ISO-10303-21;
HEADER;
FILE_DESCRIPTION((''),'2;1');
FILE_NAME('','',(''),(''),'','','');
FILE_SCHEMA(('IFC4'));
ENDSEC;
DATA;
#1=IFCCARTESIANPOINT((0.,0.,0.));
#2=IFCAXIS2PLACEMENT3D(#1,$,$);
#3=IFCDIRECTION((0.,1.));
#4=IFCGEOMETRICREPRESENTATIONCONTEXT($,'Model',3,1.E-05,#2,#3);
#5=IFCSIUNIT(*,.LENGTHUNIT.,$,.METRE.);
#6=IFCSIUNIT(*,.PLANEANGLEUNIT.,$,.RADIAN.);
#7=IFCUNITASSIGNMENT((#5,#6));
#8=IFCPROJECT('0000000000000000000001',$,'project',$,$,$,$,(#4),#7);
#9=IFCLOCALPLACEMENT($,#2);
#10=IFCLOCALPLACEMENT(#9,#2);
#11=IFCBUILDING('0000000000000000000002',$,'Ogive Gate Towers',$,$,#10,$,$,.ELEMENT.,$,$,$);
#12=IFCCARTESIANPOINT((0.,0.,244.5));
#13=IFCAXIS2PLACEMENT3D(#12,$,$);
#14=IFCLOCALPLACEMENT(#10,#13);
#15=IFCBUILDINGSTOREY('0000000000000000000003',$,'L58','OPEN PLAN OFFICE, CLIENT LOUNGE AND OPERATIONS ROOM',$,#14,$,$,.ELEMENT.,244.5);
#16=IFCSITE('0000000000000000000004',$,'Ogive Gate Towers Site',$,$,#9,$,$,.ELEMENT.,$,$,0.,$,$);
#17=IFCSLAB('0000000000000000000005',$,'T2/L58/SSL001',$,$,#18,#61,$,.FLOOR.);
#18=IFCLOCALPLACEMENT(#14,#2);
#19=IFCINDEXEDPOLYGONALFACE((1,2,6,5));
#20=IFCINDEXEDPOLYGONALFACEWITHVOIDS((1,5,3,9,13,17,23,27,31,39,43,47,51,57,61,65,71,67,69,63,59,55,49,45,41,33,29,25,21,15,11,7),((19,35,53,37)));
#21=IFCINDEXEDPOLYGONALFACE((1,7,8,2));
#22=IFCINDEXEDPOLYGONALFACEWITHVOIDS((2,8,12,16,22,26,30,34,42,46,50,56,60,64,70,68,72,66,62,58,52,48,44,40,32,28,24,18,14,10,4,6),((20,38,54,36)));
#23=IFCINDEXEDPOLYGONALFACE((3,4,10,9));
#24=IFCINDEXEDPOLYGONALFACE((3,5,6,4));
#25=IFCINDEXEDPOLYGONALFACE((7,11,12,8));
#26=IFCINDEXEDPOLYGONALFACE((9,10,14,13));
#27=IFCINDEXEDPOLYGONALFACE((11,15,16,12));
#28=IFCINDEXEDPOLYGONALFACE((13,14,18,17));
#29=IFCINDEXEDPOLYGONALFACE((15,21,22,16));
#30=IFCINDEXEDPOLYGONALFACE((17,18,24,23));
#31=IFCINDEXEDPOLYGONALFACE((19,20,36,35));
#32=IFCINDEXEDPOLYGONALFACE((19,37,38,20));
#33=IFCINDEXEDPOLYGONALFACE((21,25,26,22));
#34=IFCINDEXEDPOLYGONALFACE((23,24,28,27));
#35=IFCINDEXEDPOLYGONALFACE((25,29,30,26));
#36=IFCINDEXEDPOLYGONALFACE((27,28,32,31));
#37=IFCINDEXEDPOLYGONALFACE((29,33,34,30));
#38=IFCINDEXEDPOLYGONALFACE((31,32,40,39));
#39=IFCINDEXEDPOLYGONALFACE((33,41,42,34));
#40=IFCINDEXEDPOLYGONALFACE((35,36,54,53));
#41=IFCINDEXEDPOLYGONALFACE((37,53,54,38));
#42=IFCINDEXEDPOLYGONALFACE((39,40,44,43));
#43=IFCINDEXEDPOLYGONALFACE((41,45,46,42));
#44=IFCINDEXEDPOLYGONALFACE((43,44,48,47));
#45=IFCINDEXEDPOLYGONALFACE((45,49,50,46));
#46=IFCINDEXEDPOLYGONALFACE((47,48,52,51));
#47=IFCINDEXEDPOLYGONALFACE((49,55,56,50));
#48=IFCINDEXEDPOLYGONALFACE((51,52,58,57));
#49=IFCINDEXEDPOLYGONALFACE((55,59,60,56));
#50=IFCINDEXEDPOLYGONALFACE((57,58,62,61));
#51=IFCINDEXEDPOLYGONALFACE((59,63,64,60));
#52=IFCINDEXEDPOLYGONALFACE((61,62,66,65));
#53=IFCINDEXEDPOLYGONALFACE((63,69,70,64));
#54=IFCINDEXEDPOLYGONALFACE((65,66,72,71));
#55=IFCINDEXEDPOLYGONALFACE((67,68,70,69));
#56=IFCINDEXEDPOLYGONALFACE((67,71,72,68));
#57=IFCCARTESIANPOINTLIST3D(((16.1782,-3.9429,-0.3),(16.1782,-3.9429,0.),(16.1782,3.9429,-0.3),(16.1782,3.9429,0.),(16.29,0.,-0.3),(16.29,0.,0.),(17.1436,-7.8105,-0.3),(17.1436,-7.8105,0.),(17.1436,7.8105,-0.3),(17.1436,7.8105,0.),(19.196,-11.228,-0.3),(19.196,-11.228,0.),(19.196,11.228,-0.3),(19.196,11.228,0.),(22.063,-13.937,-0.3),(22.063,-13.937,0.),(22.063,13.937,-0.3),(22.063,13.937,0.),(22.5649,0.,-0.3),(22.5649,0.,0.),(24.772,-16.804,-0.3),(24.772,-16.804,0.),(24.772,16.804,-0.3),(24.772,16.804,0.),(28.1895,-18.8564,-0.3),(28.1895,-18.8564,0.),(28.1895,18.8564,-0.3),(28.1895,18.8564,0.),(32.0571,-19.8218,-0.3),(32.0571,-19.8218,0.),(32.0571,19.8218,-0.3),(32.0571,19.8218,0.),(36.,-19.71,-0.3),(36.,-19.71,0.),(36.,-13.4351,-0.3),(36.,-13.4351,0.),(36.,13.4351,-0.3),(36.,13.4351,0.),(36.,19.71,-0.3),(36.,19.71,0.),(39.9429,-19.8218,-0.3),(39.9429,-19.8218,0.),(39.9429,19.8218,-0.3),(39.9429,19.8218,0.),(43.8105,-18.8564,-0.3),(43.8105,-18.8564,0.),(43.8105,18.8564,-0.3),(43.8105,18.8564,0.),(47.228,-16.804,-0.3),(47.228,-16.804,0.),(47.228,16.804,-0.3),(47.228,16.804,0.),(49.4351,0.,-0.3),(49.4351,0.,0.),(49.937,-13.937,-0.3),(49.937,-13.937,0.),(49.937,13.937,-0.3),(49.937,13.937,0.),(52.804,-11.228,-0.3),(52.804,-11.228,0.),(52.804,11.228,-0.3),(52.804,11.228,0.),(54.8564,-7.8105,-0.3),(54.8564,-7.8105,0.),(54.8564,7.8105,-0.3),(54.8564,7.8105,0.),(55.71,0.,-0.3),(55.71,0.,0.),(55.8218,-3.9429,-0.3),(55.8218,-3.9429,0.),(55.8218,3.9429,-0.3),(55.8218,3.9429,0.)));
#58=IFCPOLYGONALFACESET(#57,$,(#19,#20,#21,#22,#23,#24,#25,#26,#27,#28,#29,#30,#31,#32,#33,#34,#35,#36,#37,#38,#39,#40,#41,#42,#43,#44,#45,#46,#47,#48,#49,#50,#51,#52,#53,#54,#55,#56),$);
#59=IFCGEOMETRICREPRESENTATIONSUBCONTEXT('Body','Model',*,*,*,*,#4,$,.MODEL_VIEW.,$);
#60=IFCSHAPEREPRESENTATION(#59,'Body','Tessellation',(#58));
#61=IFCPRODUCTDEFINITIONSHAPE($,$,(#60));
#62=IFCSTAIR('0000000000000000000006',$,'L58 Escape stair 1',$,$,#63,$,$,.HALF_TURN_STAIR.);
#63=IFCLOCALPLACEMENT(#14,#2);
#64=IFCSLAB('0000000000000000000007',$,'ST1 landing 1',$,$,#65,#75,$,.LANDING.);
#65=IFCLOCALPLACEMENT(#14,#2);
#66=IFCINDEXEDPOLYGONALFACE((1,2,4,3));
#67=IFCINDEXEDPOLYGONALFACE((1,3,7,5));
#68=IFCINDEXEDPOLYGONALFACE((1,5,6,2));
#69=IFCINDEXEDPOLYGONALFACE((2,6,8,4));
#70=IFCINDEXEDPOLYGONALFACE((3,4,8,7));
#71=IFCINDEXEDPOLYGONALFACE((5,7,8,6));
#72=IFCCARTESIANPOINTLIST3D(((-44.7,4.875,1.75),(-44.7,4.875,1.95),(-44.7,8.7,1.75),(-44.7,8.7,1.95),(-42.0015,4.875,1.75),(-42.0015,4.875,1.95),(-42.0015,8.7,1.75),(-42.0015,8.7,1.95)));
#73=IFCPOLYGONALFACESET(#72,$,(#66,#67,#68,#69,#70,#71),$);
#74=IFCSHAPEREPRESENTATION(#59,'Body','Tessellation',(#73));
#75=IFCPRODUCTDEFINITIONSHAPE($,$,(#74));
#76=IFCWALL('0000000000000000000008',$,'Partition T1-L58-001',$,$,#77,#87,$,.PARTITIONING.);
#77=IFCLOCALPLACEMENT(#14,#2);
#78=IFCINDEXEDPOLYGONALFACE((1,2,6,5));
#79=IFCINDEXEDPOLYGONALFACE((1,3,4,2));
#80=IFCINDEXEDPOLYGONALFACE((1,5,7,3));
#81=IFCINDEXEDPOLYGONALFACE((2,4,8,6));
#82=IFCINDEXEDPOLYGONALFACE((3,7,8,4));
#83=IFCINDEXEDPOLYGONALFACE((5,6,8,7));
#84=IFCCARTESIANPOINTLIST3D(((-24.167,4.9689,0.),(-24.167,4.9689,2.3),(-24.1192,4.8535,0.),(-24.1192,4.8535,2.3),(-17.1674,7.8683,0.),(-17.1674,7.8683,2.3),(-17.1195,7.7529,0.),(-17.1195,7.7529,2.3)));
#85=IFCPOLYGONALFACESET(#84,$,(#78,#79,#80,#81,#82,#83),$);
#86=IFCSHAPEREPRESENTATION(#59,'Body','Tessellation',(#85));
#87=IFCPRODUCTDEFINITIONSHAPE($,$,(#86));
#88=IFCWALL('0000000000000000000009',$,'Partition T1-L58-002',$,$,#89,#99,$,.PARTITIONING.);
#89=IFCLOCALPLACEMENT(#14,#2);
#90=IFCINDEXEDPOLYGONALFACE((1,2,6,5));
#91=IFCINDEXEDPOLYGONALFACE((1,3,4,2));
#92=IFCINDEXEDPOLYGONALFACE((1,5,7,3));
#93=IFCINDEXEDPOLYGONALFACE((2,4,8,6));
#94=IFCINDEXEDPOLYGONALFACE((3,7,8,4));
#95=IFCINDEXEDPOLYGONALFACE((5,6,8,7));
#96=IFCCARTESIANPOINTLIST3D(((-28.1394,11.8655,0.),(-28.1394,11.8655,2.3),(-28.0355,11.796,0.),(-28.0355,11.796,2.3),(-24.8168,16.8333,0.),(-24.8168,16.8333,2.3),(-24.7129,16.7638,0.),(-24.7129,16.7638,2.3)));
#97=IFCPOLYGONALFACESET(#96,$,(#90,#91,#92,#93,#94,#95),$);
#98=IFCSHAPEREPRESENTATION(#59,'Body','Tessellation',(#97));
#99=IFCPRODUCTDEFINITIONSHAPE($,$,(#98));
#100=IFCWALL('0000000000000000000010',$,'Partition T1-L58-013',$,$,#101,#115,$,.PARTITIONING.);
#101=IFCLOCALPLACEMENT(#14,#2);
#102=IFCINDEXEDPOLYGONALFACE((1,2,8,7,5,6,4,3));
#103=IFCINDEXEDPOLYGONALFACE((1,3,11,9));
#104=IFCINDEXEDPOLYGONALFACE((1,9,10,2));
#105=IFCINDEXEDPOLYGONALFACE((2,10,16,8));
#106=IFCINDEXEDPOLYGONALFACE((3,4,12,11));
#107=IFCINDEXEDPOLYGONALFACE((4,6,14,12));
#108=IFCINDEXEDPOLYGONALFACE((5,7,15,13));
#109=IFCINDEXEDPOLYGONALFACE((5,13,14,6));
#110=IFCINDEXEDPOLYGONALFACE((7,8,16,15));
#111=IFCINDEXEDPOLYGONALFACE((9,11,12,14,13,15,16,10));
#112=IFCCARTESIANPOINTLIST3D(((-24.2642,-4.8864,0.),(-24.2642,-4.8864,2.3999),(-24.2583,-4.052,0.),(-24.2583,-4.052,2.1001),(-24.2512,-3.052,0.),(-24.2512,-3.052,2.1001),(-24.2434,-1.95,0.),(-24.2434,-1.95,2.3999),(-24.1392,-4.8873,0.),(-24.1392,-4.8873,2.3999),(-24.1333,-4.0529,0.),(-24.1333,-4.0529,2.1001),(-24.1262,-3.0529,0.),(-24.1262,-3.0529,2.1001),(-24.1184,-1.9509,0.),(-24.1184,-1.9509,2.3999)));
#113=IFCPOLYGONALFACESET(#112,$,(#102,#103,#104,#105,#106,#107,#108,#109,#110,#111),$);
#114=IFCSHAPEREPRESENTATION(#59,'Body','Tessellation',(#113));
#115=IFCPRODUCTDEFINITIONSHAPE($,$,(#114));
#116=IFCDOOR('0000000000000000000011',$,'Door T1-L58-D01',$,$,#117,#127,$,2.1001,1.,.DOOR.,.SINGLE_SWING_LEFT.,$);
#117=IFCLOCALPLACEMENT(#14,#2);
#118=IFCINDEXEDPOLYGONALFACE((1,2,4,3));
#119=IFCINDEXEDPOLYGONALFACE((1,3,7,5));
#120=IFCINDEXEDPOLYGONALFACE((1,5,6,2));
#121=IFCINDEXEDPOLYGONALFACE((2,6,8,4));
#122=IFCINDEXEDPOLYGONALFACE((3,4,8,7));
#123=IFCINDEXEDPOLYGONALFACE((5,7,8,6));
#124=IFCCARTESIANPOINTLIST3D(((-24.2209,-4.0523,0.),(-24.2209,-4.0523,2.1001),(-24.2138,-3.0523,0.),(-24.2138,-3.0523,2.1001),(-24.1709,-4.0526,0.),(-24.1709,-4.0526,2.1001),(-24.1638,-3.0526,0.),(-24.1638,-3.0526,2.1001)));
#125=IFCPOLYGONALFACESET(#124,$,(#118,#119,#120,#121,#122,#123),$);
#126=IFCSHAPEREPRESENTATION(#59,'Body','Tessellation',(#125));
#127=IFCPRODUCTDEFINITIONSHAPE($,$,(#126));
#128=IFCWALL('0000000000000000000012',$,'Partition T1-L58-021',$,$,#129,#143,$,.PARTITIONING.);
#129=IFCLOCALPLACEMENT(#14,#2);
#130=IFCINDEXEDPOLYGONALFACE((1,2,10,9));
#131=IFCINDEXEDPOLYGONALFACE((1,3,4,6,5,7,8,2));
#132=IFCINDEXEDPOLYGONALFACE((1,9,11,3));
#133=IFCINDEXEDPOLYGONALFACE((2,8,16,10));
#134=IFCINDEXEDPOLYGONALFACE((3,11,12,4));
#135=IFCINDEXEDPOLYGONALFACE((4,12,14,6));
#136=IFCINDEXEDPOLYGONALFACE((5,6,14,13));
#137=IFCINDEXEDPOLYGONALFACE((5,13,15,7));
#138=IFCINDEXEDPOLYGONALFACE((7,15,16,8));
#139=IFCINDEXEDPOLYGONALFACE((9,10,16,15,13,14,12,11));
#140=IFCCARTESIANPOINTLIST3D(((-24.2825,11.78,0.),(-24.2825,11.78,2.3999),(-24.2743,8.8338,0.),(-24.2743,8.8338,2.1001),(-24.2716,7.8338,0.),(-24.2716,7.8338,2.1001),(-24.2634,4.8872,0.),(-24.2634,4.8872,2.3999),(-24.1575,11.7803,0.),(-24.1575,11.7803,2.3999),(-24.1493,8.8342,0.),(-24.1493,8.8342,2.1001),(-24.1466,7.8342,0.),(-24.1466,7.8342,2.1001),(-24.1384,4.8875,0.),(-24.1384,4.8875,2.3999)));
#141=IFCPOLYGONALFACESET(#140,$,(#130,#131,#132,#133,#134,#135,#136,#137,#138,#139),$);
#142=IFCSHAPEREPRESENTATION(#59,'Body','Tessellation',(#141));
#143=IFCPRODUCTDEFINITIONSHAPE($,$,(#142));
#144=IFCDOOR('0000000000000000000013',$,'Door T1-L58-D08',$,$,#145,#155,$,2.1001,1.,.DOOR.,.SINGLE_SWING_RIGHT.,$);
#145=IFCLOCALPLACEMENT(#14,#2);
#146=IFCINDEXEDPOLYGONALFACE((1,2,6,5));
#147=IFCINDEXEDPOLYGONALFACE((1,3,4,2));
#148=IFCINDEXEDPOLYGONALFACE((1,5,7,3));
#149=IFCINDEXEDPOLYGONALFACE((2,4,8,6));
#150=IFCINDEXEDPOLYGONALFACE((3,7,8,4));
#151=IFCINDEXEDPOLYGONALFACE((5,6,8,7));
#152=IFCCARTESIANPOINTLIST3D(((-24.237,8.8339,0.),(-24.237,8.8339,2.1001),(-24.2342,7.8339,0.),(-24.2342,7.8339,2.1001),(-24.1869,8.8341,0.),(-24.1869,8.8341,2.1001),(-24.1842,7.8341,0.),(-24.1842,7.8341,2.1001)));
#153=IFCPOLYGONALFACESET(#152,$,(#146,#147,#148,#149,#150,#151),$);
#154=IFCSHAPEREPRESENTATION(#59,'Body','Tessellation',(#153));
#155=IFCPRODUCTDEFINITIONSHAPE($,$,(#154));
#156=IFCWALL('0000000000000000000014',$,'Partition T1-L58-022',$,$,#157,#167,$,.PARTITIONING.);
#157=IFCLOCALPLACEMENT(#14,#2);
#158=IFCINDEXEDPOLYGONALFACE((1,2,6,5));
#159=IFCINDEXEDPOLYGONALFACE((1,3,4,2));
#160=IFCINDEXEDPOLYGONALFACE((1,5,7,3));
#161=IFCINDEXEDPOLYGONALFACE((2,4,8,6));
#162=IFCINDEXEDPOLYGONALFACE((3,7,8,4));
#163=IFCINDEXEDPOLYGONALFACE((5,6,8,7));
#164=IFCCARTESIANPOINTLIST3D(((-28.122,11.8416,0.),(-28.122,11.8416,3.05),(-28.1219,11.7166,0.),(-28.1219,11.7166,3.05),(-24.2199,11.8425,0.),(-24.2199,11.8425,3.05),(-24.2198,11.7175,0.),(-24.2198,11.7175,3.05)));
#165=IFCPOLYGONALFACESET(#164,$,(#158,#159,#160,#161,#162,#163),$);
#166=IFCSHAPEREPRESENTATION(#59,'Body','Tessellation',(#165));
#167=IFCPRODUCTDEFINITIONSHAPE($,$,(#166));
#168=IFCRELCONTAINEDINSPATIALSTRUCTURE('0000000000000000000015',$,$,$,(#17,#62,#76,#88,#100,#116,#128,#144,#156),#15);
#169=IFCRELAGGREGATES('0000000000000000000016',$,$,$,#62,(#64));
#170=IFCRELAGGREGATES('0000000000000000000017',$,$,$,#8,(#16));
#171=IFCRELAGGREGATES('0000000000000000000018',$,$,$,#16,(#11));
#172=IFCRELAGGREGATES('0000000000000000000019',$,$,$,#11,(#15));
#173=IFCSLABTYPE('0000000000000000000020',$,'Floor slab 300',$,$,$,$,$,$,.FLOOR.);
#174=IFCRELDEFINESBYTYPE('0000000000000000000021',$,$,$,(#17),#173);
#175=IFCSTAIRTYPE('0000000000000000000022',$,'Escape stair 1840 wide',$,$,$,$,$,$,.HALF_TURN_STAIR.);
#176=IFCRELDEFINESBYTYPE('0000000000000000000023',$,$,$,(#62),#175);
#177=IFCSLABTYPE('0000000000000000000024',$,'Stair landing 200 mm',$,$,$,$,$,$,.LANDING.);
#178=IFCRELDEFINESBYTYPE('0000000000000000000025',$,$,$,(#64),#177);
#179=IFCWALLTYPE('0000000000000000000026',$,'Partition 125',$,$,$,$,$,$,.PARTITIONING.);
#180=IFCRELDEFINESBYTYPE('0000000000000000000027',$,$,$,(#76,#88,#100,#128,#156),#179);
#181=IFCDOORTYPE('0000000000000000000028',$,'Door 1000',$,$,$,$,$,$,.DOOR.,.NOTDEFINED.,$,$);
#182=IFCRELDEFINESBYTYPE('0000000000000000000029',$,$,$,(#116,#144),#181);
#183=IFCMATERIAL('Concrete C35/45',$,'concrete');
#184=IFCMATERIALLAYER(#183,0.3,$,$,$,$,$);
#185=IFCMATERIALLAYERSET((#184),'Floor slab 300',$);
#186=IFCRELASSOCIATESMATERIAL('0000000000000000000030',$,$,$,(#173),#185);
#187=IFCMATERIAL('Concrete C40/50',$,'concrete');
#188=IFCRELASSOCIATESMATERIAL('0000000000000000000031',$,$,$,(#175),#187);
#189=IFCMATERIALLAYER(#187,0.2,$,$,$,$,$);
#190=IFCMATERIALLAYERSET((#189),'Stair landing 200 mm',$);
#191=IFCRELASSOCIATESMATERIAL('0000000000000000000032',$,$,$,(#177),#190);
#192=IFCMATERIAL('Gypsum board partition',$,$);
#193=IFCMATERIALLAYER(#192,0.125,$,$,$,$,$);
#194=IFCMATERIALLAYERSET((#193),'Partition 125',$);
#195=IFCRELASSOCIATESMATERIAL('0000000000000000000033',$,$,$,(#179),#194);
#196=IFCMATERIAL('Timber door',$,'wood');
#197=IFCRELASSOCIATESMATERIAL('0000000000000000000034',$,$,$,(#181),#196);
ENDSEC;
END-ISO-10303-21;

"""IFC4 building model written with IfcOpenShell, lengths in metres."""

from ifc_helpers import new_model, si_unit, direction, frame, frame_2d, origin, place, context, subcontext, project, spatial, polyline, rectangle, outline, extrude, material, layer, layer_set, type_object, element, fill, aggregate, save


model = new_model("IFC4")

# Units and contexts
model_context = context("Model", 3, precision=1e-05, world=origin(), true_north=direction((0.0, 1.0)))
body_context = subcontext(model_context, "Body", "Model", "MODEL_VIEW")
ifc_project = project(units=[si_unit("LENGTHUNIT", "METRE"), si_unit("PLANEANGLEUNIT", "RADIAN")], contexts=[model_context])

# Site, building, storey
site_placement = place(None, origin())
site = spatial("IfcSite", under=ifc_project, at=site_placement, Name="Ogive Gate Towers Site", CompositionType="ELEMENT", RefElevation=0.0)
building_placement = place(site_placement, origin())
building = spatial("IfcBuilding", under=site, at=building_placement, Name="Ogive Gate Towers", CompositionType="ELEMENT")
storey_placement = place(building_placement, frame((0.0, 0.0, 244.5)))
storey = spatial("IfcBuildingStorey", under=building, at=storey_placement, Name="L58", Description="OPEN PLAN OFFICE, CLIENT LOUNGE AND OPERATIONS ROOM", CompositionType="ELEMENT", Elevation=244.5)

# Slab
ifc_material_1 = material(Name="Concrete C40/50", Category="concrete")
ifc_material_2 = material(Name="Concrete C35/45", Category="concrete")
ifc_layer_1 = layer(ifc_material_2, 0.3)
ifc_layer_set_1 = layer_set([ifc_layer_1], Name="Floor slab 300")
slab_type_1 = type_object("IfcSlabType", Name="Floor slab 300", PredefinedType="FLOOR", material=ifc_layer_set_1)
slab_1_placement = place(storey_placement, frame((0.0, 0.0, -0.3)))
element("IfcSlab", 1, at=slab_1_placement, inside=storey, type_object=slab_type_1, Name="T2/L58/SSL001", PredefinedType="FLOOR", context=body_context, shape_type="SweptSolid", body=[
    extrude(outline(polyline([(55.8218, -3.9429), (55.71, 0.0), (55.8218, 3.9429), (54.8564, 7.8105), (52.804, 11.228), (49.937, 13.937), (47.228, 16.804), (43.8105, 18.8564), (39.9429, 19.8218), (36.0, 19.71), (32.0571, 19.8218), (28.1895, 18.8564), (24.772, 16.804), (22.063, 13.937), (19.196, 11.228), (17.1436, 7.8105), (16.1782, 3.9429), (16.29, 0.0), (16.1782, -3.9429), (17.1436, -7.8105), (19.196, -11.228), (22.063, -13.937), (24.772, -16.804), (28.1895, -18.8564), (32.0571, -19.8218), (36.0, -19.71), (39.9429, -19.8218), (43.8105, -18.8564), (47.228, -16.804), (49.937, -13.937), (52.804, -11.228), (54.8564, -7.8105), (55.8218, -3.9429)]), holes=[polyline([(49.4351, 0.0), (36.0, -13.4351), (22.5649, 0.0), (36.0, 13.4351), (49.4351, 0.0)])]), origin(), (0.0, 0.0, 1.0), 0.3),
])

# Stair, slab
stair_type = type_object("IfcStairType", Name="Escape stair 1840 wide", PredefinedType="HALF_TURN_STAIR", material=ifc_material_1)
stair_placement = place(storey_placement, origin())
stair = element("IfcStair", 2, at=stair_placement, inside=storey, type_object=stair_type, Name="L58 Escape stair 1", PredefinedType="HALF_TURN_STAIR")
ifc_layer_2 = layer(ifc_material_1, 0.2)
ifc_layer_set_2 = layer_set([ifc_layer_2], Name="Stair landing 200 mm")
slab_type_2 = type_object("IfcSlabType", Name="Stair landing 200 mm", PredefinedType="LANDING", material=ifc_layer_set_2)
slab_2_placement = place(storey_placement, frame((0.0, 0.0, 1.75)))
slab_2 = element("IfcSlab", 3, at=slab_2_placement, type_object=slab_type_2, Name="ST1 landing 1", PredefinedType="LANDING", context=body_context, shape_type="SweptSolid", body=[
    extrude(outline(polyline([(-42.0015, 8.7), (-44.7, 8.7), (-44.7, 4.875), (-42.0015, 4.875), (-42.0015, 8.7)])), origin(), (0.0, 0.0, 1.0), 0.2),
])
aggregate(stair, [slab_2])

# Walls
ifc_material_3 = material(Name="Gypsum board partition")
ifc_layer_3 = layer(ifc_material_3, 0.125)
ifc_layer_set_3 = layer_set([ifc_layer_3], Name="Partition 125")
wall_type_1 = type_object("IfcWallType", Name="Partition 125", PredefinedType="PARTITIONING", material=ifc_layer_set_3)
wall_1_placement = place(storey_placement, frame((-17.1436, 7.8105, 0.0), z_axis=(0.0, 0.0, 1.0), x_axis=(-0.923879, -0.382686, 0.0)))
element("IfcWall", 4, at=wall_1_placement, inside=storey, type_object=wall_type_1, Name="Partition T1-L58-001", PredefinedType="PARTITIONING", context=body_context, shape_type="SweptSolid", body=[
    extrude(rectangle(XDim=7.5764, YDim=0.125, at=frame_2d((3.7881, 0.0))), origin(), (0.0, 0.0, 1.0), 2.3),
])
wall_2_placement = place(storey_placement, frame((-24.7649, 16.7986, 0.0), z_axis=(0.0, 0.0, 1.0), x_axis=(-0.555935, -0.831226, 0.0)))
element("IfcWall", 5, at=wall_2_placement, inside=storey, type_object=wall_type_1, Name="Partition T1-L58-002", PredefinedType="PARTITIONING", context=body_context, shape_type="SweptSolid", body=[
    extrude(rectangle(XDim=5.9766, YDim=0.125, at=frame_2d((2.9883, 0.0))), origin(), (0.0, 0.0, 1.0), 2.3),
])

# Walls, openings, doors
wall_3_placement = place(storey_placement, frame((-24.1809, -1.9504, 0.0), z_axis=(0.0, 0.0, 1.0), x_axis=(-0.007067, -0.999975, 0.0)))
wall_3 = element("IfcWall", 6, at=wall_3_placement, inside=storey, type_object=wall_type_1, Name="Partition T1-L58-013", PredefinedType="PARTITIONING", context=body_context, shape_type="SweptSolid", body=[
    extrude(rectangle(XDim=2.9365, YDim=0.125, at=frame_2d((1.4683, 0.0))), origin(), (0.0, 0.0, 1.0), 2.3999),
])
opening_1_placement = place(wall_3_placement, frame((1.1021, 0.0, 0.0)))
opening_1 = element("IfcOpeningElement", 7, at=opening_1_placement, cuts=wall_3, PredefinedType="OPENING", context=body_context, shape_type="SweptSolid", body=[
    extrude(rectangle(XDim=1.0, YDim=2.1001, at=frame_2d((0.5, 1.05))), frame((0.0, 0.0725, 0.0), z_axis=(0.0, -1.0, 0.0), x_axis=(1.0, 0.0, 0.0)), (0.0, 0.0, 1.0), 0.145),
])
ifc_material_4 = material(Name="Timber door", Category="wood")
door_type_1 = type_object("IfcDoorType", Name="Door 1000", OperationType="NOTDEFINED", PredefinedType="DOOR", material=ifc_material_4)
door_1_placement = place(opening_1_placement, origin())
door_1 = element("IfcDoor", 8, at=door_1_placement, inside=storey, type_object=door_type_1, Name="Door T1-L58-D01", OperationType="SINGLE_SWING_LEFT", OverallHeight=2.1001, OverallWidth=1.0, PredefinedType="DOOR", context=body_context, shape_type="SweptSolid", body=[
    extrude(rectangle(XDim=1.0, YDim=2.1001, at=frame_2d((0.5, 1.05))), frame((0.0, 0.0249, 0.0), z_axis=(0.0, -1.0, 0.0), x_axis=(1.0, 0.0, 0.0)), (0.0, 0.0, 1.0), 0.05),
])
fill(opening_1, door_1)
wall_4_placement = place(storey_placement, frame((-24.22, 11.78, 0.0), z_axis=(0.0, 0.0, 1.0), x_axis=(0.002763, -0.999996, 0.0)))
wall_4 = element("IfcWall", 9, at=wall_4_placement, inside=storey, type_object=wall_type_1, Name="Partition T1-L58-021", PredefinedType="PARTITIONING", context=body_context, shape_type="SweptSolid", body=[
    extrude(rectangle(XDim=6.8928, YDim=0.125, at=frame_2d((3.4463, 0.0))), origin(), (0.0, 0.0, 1.0), 2.3999),
])
opening_2_placement = place(wall_4_placement, frame((2.946, 0.0, 0.0)))
opening_2 = element("IfcOpeningElement", 10, at=opening_2_placement, cuts=wall_4, PredefinedType="OPENING", context=body_context, shape_type="SweptSolid", body=[
    extrude(rectangle(XDim=1.0, YDim=2.1001, at=frame_2d((0.5, 1.05))), frame((0.0, 0.0725, 0.0), z_axis=(0.0, -1.0, 0.0), x_axis=(1.0, 0.0, 0.0)), (0.0, 0.0, 1.0), 0.145),
])
door_2_placement = place(opening_2_placement, origin())
door_2 = element("IfcDoor", 11, at=door_2_placement, inside=storey, type_object=door_type_1, Name="Door T1-L58-D08", OperationType="SINGLE_SWING_RIGHT", OverallHeight=2.1001, OverallWidth=1.0, PredefinedType="DOOR", context=body_context, shape_type="SweptSolid", body=[
    extrude(rectangle(XDim=1.0, YDim=2.1001, at=frame_2d((0.5, 1.05))), frame((0.0, 0.0249, 0.0), z_axis=(0.0, -1.0, 0.0), x_axis=(1.0, 0.0, 0.0)), (0.0, 0.0, 1.0), 0.05),
])
fill(opening_2, door_2)

# Wall
wall_5_placement = place(storey_placement, frame((-28.1221, 11.7791, 0.0), z_axis=(0.0, 0.0, 1.0), x_axis=(1.0, 0.00025, 0.0)))
element("IfcWall", 12, at=wall_5_placement, inside=storey, type_object=wall_type_1, Name="Partition T1-L58-022", PredefinedType="PARTITIONING", context=body_context, shape_type="SweptSolid", body=[
    extrude(rectangle(XDim=3.9021, YDim=0.125, at=frame_2d((1.9512, 0.0))), origin(), (0.0, 0.0, 1.0), 3.05),
])

save(model, "model.ifc")
